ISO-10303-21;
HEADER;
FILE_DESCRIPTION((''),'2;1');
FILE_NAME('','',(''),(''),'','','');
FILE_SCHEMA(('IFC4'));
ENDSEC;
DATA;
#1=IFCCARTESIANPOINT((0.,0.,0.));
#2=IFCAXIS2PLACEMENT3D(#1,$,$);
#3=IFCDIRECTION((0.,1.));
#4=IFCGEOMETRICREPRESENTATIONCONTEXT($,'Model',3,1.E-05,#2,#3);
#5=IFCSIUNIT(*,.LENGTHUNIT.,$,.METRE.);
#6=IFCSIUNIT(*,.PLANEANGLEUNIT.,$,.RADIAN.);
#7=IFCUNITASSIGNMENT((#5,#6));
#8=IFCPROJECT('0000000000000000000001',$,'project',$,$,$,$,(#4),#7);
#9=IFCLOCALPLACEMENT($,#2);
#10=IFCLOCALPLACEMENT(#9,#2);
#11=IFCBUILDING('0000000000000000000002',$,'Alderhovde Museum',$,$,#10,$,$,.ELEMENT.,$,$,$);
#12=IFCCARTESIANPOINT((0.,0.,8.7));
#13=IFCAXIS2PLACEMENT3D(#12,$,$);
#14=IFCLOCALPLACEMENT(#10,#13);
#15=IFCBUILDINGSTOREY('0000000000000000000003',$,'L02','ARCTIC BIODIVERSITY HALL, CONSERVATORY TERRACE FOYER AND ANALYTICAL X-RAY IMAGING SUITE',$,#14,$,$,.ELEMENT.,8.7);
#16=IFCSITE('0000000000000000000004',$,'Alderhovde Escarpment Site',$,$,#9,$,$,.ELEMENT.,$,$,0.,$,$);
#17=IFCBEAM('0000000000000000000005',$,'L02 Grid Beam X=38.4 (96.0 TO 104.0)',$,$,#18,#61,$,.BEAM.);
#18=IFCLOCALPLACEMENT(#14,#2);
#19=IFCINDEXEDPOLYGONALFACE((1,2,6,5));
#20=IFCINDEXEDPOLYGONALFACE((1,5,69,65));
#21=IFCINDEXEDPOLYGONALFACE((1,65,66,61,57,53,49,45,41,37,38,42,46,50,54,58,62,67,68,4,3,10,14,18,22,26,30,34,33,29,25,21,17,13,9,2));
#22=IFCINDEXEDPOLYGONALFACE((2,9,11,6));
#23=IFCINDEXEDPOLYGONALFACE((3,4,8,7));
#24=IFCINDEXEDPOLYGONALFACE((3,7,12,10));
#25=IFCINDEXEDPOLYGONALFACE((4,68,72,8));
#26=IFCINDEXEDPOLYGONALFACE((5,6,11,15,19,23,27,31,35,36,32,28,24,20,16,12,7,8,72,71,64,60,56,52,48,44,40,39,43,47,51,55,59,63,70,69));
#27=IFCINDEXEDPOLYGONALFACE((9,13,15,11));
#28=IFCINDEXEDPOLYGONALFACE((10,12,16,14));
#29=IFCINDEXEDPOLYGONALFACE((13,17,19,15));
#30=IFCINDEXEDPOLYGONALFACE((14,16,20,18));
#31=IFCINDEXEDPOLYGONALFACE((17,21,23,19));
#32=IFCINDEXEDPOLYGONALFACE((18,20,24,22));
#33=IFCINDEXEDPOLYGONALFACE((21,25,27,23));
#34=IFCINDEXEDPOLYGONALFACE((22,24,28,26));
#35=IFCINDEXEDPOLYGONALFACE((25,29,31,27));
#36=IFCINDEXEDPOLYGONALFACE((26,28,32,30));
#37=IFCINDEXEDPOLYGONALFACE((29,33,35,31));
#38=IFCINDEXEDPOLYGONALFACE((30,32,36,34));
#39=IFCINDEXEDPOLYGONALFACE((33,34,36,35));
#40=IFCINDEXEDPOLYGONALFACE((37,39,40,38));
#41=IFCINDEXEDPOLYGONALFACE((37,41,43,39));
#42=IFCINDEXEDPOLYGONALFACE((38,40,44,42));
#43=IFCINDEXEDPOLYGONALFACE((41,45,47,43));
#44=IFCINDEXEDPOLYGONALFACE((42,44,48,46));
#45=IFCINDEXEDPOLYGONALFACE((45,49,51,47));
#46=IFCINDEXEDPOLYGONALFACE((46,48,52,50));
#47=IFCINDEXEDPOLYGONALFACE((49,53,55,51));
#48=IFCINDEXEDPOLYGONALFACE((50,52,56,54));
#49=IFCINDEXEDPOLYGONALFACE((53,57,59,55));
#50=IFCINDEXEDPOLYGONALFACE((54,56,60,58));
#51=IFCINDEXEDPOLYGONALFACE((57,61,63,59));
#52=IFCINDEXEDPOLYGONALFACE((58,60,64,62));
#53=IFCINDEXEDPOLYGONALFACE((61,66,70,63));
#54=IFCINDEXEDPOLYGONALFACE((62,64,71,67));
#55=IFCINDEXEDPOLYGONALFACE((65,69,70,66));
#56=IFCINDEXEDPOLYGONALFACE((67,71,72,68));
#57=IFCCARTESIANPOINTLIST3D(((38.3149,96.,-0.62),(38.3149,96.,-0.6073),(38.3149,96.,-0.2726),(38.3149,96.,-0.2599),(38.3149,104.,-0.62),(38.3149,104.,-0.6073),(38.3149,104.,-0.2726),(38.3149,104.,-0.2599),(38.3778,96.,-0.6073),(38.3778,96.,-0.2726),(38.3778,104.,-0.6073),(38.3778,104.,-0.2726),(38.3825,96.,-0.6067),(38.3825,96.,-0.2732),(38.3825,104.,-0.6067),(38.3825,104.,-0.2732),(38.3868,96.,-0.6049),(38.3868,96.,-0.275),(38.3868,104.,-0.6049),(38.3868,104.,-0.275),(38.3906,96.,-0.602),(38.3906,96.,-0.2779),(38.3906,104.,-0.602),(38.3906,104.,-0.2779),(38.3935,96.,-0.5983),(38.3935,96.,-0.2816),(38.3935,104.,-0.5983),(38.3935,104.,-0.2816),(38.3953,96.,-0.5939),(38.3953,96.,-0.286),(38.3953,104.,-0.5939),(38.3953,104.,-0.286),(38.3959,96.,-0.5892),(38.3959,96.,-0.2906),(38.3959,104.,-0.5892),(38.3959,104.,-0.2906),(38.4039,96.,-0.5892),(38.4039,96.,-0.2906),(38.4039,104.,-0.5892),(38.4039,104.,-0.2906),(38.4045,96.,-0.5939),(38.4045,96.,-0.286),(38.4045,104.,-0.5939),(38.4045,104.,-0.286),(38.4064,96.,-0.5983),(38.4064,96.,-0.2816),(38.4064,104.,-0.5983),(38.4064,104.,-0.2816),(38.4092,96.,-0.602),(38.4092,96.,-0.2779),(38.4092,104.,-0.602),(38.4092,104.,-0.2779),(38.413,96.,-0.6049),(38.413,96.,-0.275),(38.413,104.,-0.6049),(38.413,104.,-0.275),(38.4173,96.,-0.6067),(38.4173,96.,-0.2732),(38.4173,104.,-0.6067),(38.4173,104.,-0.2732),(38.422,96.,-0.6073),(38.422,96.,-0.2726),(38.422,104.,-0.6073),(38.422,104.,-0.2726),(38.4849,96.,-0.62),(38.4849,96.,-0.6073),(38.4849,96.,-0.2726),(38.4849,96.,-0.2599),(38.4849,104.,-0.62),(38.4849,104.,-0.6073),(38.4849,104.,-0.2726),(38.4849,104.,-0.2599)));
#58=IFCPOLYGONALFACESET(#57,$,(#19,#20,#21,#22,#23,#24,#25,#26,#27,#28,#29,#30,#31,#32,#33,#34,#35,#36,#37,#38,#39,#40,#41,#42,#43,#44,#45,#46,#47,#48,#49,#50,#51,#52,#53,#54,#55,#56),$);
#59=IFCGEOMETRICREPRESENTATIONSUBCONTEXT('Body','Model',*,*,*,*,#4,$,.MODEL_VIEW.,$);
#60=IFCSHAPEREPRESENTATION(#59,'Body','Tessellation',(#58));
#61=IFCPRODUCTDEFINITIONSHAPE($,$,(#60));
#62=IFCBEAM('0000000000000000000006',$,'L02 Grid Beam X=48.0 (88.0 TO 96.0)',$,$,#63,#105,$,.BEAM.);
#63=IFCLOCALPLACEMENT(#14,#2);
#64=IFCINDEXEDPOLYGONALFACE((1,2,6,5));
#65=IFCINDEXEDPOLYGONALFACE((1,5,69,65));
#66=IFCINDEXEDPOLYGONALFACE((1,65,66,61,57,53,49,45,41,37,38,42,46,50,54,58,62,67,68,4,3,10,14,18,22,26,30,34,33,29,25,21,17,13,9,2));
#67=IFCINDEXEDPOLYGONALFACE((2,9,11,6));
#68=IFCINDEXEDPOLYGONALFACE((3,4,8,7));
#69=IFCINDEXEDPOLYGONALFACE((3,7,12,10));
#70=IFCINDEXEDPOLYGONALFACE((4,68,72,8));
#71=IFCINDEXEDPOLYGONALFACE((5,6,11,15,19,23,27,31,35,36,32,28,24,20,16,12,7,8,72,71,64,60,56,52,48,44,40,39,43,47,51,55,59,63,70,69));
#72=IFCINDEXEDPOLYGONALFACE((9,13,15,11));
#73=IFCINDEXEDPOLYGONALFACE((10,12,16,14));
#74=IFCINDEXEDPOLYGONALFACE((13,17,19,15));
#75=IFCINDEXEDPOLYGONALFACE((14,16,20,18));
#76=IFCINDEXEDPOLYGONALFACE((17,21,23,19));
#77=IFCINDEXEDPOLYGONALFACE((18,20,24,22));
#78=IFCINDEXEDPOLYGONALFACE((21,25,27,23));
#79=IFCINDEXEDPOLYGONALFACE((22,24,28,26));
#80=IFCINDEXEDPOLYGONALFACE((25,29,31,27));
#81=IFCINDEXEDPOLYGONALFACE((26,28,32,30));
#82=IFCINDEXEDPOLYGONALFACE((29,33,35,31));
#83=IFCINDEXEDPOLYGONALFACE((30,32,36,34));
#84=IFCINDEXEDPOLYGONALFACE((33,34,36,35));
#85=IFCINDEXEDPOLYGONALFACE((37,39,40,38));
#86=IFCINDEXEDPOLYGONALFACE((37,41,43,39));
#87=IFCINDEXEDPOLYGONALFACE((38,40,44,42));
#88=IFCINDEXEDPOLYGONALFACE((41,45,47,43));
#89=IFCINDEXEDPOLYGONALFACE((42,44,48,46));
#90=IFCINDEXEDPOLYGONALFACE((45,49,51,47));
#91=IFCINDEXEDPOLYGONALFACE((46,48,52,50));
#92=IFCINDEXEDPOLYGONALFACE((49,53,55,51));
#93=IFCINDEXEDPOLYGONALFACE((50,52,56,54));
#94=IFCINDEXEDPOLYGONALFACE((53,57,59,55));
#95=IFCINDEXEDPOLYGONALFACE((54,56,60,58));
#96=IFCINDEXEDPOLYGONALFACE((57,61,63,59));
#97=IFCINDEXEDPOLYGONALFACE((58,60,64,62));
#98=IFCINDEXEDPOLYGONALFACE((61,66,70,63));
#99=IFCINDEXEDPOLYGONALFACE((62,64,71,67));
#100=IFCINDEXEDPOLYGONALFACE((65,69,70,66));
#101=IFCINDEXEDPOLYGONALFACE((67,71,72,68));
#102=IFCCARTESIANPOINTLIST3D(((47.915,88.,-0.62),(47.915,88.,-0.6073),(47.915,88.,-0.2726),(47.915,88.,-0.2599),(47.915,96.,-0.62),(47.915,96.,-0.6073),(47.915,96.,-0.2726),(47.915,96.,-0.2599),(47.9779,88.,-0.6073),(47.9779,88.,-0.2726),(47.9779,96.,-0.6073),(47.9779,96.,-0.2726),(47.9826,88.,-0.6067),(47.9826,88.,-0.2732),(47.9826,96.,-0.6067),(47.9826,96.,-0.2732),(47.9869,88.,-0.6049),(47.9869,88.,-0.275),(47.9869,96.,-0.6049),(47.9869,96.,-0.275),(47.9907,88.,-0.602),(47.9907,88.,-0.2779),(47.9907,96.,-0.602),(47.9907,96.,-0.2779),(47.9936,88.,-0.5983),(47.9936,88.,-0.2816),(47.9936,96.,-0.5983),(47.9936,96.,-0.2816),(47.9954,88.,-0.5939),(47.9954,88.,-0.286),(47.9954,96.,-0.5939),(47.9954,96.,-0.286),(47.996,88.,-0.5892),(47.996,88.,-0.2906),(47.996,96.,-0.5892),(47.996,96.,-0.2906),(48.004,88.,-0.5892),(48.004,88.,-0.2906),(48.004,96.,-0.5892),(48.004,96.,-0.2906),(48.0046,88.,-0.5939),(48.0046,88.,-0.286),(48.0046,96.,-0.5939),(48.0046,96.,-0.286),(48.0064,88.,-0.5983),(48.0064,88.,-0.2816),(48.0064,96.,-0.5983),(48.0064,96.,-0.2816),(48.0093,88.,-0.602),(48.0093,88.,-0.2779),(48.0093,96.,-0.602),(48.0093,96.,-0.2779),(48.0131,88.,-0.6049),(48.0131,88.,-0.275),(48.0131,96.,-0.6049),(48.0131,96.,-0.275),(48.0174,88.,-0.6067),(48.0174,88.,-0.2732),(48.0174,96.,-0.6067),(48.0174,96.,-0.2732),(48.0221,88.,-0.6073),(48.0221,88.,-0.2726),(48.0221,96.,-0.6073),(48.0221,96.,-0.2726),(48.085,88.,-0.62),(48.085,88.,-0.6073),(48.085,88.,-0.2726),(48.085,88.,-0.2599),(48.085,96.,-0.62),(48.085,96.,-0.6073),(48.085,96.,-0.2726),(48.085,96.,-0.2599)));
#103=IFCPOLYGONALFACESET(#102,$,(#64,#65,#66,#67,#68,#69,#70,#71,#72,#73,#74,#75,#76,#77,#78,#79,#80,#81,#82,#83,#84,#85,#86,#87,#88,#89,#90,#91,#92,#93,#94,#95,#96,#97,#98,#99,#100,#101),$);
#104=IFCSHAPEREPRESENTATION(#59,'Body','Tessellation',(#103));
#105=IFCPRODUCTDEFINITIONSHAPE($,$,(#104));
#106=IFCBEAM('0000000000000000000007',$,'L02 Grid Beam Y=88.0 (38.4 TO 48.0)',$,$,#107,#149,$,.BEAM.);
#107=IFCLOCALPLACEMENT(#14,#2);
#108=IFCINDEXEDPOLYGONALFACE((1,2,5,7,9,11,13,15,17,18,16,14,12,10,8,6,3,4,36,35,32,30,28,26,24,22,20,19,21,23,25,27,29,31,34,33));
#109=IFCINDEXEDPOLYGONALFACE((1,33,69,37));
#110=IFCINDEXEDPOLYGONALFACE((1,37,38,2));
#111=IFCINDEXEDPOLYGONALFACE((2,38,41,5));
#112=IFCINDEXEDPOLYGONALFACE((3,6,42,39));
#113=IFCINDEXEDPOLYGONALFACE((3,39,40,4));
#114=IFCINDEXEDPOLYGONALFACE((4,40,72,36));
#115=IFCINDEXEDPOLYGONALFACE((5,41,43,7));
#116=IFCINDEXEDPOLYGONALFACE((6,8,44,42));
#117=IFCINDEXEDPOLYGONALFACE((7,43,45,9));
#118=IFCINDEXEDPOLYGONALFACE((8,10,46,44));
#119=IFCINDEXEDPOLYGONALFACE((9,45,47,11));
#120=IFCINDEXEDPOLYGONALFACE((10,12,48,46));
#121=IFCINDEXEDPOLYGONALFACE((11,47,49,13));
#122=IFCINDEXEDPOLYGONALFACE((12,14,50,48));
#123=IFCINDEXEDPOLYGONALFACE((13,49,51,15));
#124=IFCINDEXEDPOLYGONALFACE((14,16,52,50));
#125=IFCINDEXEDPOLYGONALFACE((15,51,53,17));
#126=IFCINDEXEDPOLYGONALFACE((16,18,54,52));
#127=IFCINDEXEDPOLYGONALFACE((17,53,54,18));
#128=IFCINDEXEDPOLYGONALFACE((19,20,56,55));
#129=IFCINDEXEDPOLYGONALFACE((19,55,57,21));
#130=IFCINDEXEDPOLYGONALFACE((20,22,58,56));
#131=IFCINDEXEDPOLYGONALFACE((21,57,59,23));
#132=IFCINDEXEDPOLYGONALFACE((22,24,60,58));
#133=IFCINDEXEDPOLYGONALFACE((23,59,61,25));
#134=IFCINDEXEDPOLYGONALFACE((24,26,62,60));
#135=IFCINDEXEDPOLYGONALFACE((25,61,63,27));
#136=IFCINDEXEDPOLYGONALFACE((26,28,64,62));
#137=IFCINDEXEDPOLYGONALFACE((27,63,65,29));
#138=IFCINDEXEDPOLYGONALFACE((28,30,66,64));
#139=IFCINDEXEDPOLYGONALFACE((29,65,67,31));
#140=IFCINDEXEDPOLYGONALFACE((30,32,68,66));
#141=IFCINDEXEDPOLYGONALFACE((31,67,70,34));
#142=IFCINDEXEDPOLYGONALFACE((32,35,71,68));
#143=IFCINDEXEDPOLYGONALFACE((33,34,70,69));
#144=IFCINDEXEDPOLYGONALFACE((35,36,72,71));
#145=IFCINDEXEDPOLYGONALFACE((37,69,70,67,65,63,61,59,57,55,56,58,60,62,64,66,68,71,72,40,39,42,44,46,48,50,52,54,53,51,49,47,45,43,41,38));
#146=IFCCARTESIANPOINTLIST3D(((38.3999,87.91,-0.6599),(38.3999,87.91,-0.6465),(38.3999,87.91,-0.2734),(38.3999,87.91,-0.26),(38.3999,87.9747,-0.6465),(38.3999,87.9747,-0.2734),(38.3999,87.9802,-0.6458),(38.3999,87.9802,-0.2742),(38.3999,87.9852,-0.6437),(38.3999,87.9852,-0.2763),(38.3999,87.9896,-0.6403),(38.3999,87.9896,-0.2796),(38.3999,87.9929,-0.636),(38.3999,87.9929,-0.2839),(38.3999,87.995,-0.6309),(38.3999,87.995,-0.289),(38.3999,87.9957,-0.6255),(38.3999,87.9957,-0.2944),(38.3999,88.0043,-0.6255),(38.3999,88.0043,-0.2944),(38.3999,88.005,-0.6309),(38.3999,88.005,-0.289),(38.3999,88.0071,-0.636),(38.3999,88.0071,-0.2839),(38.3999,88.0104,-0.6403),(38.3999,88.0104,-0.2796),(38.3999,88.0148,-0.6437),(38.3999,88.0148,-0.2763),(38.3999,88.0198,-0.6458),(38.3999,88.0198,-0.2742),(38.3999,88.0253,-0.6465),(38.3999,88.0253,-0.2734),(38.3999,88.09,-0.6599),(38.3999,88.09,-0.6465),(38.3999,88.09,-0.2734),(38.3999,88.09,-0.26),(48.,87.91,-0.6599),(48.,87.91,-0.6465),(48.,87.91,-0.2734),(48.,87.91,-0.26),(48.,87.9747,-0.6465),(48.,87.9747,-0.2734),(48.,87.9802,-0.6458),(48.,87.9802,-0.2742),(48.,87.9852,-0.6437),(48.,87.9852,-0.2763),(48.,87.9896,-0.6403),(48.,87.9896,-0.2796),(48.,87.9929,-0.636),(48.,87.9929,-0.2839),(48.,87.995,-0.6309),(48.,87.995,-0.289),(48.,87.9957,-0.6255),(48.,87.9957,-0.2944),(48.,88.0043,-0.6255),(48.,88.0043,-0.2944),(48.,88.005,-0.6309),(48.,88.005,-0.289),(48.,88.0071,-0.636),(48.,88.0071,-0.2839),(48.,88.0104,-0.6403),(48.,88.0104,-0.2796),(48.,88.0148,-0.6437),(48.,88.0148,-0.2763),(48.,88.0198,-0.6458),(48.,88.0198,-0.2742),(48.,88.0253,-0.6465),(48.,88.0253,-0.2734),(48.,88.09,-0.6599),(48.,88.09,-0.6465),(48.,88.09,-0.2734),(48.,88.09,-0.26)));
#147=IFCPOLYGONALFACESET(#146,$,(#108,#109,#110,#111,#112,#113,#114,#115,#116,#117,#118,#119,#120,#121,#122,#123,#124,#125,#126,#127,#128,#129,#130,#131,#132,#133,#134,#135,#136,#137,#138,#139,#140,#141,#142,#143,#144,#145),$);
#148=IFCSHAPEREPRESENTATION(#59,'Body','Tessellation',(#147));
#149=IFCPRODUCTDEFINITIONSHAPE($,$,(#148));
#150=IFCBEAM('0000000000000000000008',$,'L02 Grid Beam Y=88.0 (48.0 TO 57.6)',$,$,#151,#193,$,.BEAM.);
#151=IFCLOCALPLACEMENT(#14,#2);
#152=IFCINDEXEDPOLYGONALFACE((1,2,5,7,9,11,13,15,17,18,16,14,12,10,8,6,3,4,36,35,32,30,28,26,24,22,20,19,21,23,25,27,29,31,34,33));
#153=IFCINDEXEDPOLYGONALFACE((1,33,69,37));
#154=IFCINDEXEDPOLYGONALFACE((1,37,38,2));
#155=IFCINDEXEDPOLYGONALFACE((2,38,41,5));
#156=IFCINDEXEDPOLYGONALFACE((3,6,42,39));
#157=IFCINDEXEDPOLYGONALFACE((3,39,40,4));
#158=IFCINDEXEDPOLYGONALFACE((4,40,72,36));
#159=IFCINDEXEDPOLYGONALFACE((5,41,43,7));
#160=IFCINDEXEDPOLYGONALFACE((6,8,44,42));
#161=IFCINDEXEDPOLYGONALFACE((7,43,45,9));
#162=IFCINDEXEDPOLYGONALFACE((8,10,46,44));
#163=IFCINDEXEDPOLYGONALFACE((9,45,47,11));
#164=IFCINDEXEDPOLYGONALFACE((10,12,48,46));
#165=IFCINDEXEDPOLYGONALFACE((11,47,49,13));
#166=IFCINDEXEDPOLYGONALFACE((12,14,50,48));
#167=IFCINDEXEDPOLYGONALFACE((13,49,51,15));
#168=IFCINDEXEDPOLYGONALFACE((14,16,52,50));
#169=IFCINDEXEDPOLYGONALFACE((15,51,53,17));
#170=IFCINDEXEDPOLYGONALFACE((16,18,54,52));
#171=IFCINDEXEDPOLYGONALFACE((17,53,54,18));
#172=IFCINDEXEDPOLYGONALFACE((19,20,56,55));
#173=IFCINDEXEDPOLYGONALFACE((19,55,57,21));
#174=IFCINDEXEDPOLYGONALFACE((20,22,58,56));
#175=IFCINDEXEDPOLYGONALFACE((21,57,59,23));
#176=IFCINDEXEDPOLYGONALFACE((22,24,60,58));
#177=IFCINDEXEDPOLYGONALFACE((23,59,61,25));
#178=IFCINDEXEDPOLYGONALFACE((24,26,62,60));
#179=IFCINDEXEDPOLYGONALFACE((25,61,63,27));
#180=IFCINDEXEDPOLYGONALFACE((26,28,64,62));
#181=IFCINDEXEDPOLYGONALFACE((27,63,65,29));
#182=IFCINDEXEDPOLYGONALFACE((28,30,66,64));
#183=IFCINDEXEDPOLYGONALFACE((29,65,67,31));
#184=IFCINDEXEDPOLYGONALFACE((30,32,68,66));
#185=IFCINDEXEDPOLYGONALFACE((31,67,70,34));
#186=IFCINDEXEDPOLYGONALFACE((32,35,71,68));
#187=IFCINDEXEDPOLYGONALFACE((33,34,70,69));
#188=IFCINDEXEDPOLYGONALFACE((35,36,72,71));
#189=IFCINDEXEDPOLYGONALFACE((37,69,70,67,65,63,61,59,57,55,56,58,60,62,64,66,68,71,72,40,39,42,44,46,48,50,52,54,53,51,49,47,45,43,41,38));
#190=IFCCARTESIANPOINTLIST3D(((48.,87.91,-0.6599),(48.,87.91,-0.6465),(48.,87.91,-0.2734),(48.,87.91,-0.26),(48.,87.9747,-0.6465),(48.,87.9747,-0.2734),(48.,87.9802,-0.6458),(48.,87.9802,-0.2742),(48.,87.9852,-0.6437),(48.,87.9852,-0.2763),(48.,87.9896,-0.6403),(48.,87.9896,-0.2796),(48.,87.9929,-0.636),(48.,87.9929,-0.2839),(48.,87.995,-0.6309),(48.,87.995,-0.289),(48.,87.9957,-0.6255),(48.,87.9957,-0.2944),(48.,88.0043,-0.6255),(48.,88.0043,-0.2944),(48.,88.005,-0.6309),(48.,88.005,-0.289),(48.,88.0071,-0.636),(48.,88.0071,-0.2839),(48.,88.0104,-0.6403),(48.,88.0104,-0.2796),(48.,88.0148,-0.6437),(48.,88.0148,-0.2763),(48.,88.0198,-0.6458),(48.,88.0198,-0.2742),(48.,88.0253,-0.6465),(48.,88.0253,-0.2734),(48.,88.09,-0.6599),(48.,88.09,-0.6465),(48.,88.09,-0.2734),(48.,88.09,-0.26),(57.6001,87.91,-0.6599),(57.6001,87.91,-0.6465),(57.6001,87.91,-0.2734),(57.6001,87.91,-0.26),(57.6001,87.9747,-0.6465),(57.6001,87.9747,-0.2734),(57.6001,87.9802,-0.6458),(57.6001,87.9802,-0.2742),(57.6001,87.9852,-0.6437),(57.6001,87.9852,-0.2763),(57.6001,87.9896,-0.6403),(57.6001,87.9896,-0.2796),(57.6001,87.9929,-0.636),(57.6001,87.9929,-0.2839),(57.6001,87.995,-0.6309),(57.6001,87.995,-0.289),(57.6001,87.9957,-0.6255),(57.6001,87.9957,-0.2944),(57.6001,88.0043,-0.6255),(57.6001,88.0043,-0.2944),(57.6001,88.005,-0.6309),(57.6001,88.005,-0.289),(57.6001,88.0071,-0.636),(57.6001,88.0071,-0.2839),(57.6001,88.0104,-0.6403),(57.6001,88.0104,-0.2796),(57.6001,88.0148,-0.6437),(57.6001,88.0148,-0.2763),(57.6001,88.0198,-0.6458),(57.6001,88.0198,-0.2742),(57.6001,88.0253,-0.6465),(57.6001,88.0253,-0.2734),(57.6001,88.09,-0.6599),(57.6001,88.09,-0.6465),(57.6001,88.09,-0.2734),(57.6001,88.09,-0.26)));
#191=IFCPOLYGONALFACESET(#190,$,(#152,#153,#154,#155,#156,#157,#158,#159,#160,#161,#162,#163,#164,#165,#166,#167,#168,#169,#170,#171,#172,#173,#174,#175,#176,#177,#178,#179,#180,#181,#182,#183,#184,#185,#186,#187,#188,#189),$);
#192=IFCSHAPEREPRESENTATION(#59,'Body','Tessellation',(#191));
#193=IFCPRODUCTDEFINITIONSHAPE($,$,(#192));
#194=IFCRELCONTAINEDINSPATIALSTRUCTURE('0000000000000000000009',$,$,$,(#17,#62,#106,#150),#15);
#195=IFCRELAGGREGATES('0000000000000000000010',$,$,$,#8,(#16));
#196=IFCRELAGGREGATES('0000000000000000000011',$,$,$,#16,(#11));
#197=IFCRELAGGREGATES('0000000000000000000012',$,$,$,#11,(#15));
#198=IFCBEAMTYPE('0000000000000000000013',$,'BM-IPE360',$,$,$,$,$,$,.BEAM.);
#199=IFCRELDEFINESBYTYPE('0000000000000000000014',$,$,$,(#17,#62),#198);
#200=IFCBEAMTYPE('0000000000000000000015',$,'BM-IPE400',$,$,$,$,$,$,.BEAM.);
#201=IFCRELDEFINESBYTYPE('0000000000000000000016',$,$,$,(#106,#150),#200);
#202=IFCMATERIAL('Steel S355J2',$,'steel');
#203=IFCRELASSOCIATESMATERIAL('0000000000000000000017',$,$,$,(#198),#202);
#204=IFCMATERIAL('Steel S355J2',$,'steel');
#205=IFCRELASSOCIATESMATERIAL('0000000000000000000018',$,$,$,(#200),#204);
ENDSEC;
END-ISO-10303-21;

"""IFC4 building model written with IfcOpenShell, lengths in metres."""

from ifc_helpers import new_model, si_unit, direction, frame, origin, origin_2d, place, context, subcontext, project, spatial, i_section, extrude, material, material_profile, profile_set, type_object, element, save


model = new_model("IFC4")

# Units and contexts
model_context = context("Model", 3, precision=1e-05, world=origin(), true_north=direction((0.0, 1.0)))
body_context = subcontext(model_context, "Body", "Model", "MODEL_VIEW")
ifc_project = project(units=[si_unit("LENGTHUNIT", "METRE"), si_unit("PLANEANGLEUNIT", "RADIAN")], contexts=[model_context])

# Site, building, storey
site_placement = place(None, origin())
site = spatial("IfcSite", under=ifc_project, at=site_placement, Name="Alderhovde Escarpment Site", CompositionType="ELEMENT", RefElevation=0.0)
building_placement = place(site_placement, origin())
building = spatial("IfcBuilding", under=site, at=building_placement, Name="Alderhovde Museum", CompositionType="ELEMENT")
storey_placement = place(building_placement, frame((0.0, 0.0, 8.7)))
storey = spatial("IfcBuildingStorey", under=building, at=storey_placement, Name="L02", Description="ARCTIC BIODIVERSITY HALL, CONSERVATORY TERRACE FOYER AND ANALYTICAL X-RAY IMAGING SUITE", CompositionType="ELEMENT", Elevation=8.7)

# Beams
ifc_material_1 = material(Name="Steel S355J2", Category="steel")
ifc_material_profile_1 = material_profile(ifc_material_1, i_section(OverallWidth=0.1699, OverallDepth=0.3601, WebThickness=0.0081, FlangeThickness=0.0127, FilletRadius=0.0181, at=origin_2d()), Name="IPE 360")
ifc_profile_set_1 = profile_set([ifc_material_profile_1], Name="Steel S355J2")
beam_type_1 = type_object("IfcBeamType", Name="BM-IPE360", PredefinedType="BEAM", material=ifc_profile_set_1)
for number, where, z_axis, x_axis, name in (
    (1, (38.3999, 96.0, -0.4399), (0.0, 1.0, 0.0), (-1.0, 0.0, 0.0), "L02 Grid Beam X=38.4 (96.0 TO 104.0)"),
    (2, (48.0, 88.0, -0.4399), (0.0, 1.0, 0.0), (-1.0, 0.0, 0.0), "L02 Grid Beam X=48.0 (88.0 TO 96.0)"),
):
    element("IfcBeam", number, at=place(storey_placement, frame(where, z_axis=z_axis, x_axis=x_axis)), inside=storey, type_object=beam_type_1, Name=name, PredefinedType="BEAM", context=body_context, shape_type="SweptSolid", body=[
        extrude(i_section(OverallWidth=0.1699, OverallDepth=0.3601, WebThickness=0.0081, FlangeThickness=0.0127, FilletRadius=0.0181, at=origin_2d()), origin(), (0.0, 0.0, 1.0), 8.0),
    ])
ifc_material_2 = material(Name="Steel S355J2", Category="steel")
ifc_material_profile_2 = material_profile(ifc_material_2, i_section(OverallWidth=0.1799, OverallDepth=0.3999, WebThickness=0.0085, FlangeThickness=0.0134, FilletRadius=0.021, at=origin_2d()), Name="IPE 400")
ifc_profile_set_2 = profile_set([ifc_material_profile_2], Name="Steel S355J2")
beam_type_2 = type_object("IfcBeamType", Name="BM-IPE400", PredefinedType="BEAM", material=ifc_profile_set_2)
for number, where, z_axis, x_axis, name in (
    (3, (38.3999, 88.0, -0.46), (1.0, 0.0, 0.0), (0.0, 1.0, 0.0), "L02 Grid Beam Y=88.0 (38.4 TO 48.0)"),
    (4, (48.0, 88.0, -0.46), (1.0, 0.0, 0.0), (0.0, 1.0, 0.0), "L02 Grid Beam Y=88.0 (48.0 TO 57.6)"),
):
    element("IfcBeam", number, at=place(storey_placement, frame(where, z_axis=z_axis, x_axis=x_axis)), inside=storey, type_object=beam_type_2, Name=name, PredefinedType="BEAM", context=body_context, shape_type="SweptSolid", body=[
        extrude(i_section(OverallWidth=0.1799, OverallDepth=0.3999, WebThickness=0.0085, FlangeThickness=0.0134, FilletRadius=0.021, at=origin_2d()), origin(), (0.0, 0.0, 1.0), 9.6001),
    ])

save(model, "model.ifc")
